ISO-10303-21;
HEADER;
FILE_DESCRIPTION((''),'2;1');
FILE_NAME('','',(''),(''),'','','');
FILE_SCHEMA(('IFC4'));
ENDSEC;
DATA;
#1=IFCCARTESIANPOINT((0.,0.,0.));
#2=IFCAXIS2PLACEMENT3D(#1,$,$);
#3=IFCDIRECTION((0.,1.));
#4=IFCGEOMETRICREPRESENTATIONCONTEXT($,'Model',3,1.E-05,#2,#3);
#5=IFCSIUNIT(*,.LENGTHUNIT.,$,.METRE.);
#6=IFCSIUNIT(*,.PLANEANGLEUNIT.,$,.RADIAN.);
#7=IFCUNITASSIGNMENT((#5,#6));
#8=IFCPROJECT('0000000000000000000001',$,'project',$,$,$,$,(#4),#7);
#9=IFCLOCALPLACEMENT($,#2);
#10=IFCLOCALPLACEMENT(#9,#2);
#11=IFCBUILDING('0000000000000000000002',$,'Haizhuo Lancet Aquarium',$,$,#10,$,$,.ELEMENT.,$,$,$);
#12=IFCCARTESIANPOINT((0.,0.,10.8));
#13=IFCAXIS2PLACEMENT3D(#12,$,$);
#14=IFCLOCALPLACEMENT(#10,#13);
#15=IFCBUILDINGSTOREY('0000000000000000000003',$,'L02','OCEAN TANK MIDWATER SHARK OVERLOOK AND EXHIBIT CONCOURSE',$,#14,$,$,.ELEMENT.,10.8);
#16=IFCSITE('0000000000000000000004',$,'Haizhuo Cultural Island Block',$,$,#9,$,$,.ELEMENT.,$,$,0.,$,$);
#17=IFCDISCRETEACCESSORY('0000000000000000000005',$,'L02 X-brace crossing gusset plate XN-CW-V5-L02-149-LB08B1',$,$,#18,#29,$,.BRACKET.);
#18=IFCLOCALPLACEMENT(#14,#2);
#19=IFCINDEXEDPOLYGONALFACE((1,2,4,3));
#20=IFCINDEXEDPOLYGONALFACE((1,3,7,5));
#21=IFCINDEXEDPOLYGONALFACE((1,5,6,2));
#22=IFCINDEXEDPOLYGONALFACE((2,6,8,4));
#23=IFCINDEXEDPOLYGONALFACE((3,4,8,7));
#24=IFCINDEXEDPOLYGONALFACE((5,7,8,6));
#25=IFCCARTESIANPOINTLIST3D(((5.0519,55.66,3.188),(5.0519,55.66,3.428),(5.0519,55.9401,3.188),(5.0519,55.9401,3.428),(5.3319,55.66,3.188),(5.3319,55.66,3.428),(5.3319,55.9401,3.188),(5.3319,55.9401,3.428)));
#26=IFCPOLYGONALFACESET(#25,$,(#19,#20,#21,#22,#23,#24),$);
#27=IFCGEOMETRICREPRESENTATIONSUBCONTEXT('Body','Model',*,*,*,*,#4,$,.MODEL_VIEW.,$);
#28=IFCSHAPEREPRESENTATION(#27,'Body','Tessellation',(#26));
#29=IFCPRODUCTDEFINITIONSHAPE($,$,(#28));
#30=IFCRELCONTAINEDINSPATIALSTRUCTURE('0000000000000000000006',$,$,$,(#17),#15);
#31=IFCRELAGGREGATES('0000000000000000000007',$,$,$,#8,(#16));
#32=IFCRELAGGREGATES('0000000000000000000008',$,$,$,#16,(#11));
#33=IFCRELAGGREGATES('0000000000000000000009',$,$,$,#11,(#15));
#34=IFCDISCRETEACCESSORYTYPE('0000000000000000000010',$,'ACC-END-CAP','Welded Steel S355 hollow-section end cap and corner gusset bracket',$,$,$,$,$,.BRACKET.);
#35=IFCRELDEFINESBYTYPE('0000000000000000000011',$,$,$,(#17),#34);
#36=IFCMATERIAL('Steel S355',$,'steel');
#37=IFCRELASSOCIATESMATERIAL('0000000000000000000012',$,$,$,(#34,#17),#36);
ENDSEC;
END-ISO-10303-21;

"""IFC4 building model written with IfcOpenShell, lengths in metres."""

from ifc_helpers import new_model, si_unit, direction, frame, origin, origin_2d, place, context, subcontext, project, spatial, rectangle, extrude, material, type_object, element, save


model = new_model("IFC4")

# Units and contexts
model_context = context("Model", 3, precision=1e-05, world=origin(), true_north=direction((0.0, 1.0)))
body_context = subcontext(model_context, "Body", "Model", "MODEL_VIEW")
ifc_project = project(units=[si_unit("LENGTHUNIT", "METRE"), si_unit("PLANEANGLEUNIT", "RADIAN")], contexts=[model_context])

# Site, building, storey
site_placement = place(None, origin())
site = spatial("IfcSite", under=ifc_project, at=site_placement, Name="Haizhuo Cultural Island Block", CompositionType="ELEMENT", RefElevation=0.0)
building_placement = place(site_placement, origin())
building = spatial("IfcBuilding", under=site, at=building_placement, Name="Haizhuo Lancet Aquarium", CompositionType="ELEMENT")
storey_placement = place(building_placement, frame((0.0, 0.0, 10.8)))
storey = spatial("IfcBuildingStorey", under=building, at=storey_placement, Name="L02", Description="OCEAN TANK MIDWATER SHARK OVERLOOK AND EXHIBIT CONCOURSE", CompositionType="ELEMENT", Elevation=10.8)

# Shared definitions
ifc_material_1 = material(Name="Steel S355", Category="steel")

# Discrete accessory
discrete_accessory_type = type_object("IfcDiscreteAccessoryType", Name="ACC-END-CAP", Description="Welded Steel S355 hollow-section end cap and corner gusset bracket", PredefinedType="BRACKET", material=ifc_material_1)
for number, where, z_axis, x_axis, name in (
    (1, (5.1919, 55.8, 3.188), (0.0, 0.0, 1.0), (1.0, 0.0, 0.0), "L02 X-brace crossing gusset plate XN-CW-V5-L02-149-LB08B1"),
):
    element("IfcDiscreteAccessory", number, at=place(storey_placement, frame(where, z_axis=z_axis, x_axis=x_axis)), inside=storey, type_object=discrete_accessory_type, material=ifc_material_1, Name=name, PredefinedType="BRACKET", context=body_context, shape_type="SweptSolid", body=[
        extrude(rectangle(XDim=0.28, YDim=0.28, at=origin_2d()), origin(), (0.0, 0.0, 1.0), 0.24),
    ])

save(model, "model.ifc")
